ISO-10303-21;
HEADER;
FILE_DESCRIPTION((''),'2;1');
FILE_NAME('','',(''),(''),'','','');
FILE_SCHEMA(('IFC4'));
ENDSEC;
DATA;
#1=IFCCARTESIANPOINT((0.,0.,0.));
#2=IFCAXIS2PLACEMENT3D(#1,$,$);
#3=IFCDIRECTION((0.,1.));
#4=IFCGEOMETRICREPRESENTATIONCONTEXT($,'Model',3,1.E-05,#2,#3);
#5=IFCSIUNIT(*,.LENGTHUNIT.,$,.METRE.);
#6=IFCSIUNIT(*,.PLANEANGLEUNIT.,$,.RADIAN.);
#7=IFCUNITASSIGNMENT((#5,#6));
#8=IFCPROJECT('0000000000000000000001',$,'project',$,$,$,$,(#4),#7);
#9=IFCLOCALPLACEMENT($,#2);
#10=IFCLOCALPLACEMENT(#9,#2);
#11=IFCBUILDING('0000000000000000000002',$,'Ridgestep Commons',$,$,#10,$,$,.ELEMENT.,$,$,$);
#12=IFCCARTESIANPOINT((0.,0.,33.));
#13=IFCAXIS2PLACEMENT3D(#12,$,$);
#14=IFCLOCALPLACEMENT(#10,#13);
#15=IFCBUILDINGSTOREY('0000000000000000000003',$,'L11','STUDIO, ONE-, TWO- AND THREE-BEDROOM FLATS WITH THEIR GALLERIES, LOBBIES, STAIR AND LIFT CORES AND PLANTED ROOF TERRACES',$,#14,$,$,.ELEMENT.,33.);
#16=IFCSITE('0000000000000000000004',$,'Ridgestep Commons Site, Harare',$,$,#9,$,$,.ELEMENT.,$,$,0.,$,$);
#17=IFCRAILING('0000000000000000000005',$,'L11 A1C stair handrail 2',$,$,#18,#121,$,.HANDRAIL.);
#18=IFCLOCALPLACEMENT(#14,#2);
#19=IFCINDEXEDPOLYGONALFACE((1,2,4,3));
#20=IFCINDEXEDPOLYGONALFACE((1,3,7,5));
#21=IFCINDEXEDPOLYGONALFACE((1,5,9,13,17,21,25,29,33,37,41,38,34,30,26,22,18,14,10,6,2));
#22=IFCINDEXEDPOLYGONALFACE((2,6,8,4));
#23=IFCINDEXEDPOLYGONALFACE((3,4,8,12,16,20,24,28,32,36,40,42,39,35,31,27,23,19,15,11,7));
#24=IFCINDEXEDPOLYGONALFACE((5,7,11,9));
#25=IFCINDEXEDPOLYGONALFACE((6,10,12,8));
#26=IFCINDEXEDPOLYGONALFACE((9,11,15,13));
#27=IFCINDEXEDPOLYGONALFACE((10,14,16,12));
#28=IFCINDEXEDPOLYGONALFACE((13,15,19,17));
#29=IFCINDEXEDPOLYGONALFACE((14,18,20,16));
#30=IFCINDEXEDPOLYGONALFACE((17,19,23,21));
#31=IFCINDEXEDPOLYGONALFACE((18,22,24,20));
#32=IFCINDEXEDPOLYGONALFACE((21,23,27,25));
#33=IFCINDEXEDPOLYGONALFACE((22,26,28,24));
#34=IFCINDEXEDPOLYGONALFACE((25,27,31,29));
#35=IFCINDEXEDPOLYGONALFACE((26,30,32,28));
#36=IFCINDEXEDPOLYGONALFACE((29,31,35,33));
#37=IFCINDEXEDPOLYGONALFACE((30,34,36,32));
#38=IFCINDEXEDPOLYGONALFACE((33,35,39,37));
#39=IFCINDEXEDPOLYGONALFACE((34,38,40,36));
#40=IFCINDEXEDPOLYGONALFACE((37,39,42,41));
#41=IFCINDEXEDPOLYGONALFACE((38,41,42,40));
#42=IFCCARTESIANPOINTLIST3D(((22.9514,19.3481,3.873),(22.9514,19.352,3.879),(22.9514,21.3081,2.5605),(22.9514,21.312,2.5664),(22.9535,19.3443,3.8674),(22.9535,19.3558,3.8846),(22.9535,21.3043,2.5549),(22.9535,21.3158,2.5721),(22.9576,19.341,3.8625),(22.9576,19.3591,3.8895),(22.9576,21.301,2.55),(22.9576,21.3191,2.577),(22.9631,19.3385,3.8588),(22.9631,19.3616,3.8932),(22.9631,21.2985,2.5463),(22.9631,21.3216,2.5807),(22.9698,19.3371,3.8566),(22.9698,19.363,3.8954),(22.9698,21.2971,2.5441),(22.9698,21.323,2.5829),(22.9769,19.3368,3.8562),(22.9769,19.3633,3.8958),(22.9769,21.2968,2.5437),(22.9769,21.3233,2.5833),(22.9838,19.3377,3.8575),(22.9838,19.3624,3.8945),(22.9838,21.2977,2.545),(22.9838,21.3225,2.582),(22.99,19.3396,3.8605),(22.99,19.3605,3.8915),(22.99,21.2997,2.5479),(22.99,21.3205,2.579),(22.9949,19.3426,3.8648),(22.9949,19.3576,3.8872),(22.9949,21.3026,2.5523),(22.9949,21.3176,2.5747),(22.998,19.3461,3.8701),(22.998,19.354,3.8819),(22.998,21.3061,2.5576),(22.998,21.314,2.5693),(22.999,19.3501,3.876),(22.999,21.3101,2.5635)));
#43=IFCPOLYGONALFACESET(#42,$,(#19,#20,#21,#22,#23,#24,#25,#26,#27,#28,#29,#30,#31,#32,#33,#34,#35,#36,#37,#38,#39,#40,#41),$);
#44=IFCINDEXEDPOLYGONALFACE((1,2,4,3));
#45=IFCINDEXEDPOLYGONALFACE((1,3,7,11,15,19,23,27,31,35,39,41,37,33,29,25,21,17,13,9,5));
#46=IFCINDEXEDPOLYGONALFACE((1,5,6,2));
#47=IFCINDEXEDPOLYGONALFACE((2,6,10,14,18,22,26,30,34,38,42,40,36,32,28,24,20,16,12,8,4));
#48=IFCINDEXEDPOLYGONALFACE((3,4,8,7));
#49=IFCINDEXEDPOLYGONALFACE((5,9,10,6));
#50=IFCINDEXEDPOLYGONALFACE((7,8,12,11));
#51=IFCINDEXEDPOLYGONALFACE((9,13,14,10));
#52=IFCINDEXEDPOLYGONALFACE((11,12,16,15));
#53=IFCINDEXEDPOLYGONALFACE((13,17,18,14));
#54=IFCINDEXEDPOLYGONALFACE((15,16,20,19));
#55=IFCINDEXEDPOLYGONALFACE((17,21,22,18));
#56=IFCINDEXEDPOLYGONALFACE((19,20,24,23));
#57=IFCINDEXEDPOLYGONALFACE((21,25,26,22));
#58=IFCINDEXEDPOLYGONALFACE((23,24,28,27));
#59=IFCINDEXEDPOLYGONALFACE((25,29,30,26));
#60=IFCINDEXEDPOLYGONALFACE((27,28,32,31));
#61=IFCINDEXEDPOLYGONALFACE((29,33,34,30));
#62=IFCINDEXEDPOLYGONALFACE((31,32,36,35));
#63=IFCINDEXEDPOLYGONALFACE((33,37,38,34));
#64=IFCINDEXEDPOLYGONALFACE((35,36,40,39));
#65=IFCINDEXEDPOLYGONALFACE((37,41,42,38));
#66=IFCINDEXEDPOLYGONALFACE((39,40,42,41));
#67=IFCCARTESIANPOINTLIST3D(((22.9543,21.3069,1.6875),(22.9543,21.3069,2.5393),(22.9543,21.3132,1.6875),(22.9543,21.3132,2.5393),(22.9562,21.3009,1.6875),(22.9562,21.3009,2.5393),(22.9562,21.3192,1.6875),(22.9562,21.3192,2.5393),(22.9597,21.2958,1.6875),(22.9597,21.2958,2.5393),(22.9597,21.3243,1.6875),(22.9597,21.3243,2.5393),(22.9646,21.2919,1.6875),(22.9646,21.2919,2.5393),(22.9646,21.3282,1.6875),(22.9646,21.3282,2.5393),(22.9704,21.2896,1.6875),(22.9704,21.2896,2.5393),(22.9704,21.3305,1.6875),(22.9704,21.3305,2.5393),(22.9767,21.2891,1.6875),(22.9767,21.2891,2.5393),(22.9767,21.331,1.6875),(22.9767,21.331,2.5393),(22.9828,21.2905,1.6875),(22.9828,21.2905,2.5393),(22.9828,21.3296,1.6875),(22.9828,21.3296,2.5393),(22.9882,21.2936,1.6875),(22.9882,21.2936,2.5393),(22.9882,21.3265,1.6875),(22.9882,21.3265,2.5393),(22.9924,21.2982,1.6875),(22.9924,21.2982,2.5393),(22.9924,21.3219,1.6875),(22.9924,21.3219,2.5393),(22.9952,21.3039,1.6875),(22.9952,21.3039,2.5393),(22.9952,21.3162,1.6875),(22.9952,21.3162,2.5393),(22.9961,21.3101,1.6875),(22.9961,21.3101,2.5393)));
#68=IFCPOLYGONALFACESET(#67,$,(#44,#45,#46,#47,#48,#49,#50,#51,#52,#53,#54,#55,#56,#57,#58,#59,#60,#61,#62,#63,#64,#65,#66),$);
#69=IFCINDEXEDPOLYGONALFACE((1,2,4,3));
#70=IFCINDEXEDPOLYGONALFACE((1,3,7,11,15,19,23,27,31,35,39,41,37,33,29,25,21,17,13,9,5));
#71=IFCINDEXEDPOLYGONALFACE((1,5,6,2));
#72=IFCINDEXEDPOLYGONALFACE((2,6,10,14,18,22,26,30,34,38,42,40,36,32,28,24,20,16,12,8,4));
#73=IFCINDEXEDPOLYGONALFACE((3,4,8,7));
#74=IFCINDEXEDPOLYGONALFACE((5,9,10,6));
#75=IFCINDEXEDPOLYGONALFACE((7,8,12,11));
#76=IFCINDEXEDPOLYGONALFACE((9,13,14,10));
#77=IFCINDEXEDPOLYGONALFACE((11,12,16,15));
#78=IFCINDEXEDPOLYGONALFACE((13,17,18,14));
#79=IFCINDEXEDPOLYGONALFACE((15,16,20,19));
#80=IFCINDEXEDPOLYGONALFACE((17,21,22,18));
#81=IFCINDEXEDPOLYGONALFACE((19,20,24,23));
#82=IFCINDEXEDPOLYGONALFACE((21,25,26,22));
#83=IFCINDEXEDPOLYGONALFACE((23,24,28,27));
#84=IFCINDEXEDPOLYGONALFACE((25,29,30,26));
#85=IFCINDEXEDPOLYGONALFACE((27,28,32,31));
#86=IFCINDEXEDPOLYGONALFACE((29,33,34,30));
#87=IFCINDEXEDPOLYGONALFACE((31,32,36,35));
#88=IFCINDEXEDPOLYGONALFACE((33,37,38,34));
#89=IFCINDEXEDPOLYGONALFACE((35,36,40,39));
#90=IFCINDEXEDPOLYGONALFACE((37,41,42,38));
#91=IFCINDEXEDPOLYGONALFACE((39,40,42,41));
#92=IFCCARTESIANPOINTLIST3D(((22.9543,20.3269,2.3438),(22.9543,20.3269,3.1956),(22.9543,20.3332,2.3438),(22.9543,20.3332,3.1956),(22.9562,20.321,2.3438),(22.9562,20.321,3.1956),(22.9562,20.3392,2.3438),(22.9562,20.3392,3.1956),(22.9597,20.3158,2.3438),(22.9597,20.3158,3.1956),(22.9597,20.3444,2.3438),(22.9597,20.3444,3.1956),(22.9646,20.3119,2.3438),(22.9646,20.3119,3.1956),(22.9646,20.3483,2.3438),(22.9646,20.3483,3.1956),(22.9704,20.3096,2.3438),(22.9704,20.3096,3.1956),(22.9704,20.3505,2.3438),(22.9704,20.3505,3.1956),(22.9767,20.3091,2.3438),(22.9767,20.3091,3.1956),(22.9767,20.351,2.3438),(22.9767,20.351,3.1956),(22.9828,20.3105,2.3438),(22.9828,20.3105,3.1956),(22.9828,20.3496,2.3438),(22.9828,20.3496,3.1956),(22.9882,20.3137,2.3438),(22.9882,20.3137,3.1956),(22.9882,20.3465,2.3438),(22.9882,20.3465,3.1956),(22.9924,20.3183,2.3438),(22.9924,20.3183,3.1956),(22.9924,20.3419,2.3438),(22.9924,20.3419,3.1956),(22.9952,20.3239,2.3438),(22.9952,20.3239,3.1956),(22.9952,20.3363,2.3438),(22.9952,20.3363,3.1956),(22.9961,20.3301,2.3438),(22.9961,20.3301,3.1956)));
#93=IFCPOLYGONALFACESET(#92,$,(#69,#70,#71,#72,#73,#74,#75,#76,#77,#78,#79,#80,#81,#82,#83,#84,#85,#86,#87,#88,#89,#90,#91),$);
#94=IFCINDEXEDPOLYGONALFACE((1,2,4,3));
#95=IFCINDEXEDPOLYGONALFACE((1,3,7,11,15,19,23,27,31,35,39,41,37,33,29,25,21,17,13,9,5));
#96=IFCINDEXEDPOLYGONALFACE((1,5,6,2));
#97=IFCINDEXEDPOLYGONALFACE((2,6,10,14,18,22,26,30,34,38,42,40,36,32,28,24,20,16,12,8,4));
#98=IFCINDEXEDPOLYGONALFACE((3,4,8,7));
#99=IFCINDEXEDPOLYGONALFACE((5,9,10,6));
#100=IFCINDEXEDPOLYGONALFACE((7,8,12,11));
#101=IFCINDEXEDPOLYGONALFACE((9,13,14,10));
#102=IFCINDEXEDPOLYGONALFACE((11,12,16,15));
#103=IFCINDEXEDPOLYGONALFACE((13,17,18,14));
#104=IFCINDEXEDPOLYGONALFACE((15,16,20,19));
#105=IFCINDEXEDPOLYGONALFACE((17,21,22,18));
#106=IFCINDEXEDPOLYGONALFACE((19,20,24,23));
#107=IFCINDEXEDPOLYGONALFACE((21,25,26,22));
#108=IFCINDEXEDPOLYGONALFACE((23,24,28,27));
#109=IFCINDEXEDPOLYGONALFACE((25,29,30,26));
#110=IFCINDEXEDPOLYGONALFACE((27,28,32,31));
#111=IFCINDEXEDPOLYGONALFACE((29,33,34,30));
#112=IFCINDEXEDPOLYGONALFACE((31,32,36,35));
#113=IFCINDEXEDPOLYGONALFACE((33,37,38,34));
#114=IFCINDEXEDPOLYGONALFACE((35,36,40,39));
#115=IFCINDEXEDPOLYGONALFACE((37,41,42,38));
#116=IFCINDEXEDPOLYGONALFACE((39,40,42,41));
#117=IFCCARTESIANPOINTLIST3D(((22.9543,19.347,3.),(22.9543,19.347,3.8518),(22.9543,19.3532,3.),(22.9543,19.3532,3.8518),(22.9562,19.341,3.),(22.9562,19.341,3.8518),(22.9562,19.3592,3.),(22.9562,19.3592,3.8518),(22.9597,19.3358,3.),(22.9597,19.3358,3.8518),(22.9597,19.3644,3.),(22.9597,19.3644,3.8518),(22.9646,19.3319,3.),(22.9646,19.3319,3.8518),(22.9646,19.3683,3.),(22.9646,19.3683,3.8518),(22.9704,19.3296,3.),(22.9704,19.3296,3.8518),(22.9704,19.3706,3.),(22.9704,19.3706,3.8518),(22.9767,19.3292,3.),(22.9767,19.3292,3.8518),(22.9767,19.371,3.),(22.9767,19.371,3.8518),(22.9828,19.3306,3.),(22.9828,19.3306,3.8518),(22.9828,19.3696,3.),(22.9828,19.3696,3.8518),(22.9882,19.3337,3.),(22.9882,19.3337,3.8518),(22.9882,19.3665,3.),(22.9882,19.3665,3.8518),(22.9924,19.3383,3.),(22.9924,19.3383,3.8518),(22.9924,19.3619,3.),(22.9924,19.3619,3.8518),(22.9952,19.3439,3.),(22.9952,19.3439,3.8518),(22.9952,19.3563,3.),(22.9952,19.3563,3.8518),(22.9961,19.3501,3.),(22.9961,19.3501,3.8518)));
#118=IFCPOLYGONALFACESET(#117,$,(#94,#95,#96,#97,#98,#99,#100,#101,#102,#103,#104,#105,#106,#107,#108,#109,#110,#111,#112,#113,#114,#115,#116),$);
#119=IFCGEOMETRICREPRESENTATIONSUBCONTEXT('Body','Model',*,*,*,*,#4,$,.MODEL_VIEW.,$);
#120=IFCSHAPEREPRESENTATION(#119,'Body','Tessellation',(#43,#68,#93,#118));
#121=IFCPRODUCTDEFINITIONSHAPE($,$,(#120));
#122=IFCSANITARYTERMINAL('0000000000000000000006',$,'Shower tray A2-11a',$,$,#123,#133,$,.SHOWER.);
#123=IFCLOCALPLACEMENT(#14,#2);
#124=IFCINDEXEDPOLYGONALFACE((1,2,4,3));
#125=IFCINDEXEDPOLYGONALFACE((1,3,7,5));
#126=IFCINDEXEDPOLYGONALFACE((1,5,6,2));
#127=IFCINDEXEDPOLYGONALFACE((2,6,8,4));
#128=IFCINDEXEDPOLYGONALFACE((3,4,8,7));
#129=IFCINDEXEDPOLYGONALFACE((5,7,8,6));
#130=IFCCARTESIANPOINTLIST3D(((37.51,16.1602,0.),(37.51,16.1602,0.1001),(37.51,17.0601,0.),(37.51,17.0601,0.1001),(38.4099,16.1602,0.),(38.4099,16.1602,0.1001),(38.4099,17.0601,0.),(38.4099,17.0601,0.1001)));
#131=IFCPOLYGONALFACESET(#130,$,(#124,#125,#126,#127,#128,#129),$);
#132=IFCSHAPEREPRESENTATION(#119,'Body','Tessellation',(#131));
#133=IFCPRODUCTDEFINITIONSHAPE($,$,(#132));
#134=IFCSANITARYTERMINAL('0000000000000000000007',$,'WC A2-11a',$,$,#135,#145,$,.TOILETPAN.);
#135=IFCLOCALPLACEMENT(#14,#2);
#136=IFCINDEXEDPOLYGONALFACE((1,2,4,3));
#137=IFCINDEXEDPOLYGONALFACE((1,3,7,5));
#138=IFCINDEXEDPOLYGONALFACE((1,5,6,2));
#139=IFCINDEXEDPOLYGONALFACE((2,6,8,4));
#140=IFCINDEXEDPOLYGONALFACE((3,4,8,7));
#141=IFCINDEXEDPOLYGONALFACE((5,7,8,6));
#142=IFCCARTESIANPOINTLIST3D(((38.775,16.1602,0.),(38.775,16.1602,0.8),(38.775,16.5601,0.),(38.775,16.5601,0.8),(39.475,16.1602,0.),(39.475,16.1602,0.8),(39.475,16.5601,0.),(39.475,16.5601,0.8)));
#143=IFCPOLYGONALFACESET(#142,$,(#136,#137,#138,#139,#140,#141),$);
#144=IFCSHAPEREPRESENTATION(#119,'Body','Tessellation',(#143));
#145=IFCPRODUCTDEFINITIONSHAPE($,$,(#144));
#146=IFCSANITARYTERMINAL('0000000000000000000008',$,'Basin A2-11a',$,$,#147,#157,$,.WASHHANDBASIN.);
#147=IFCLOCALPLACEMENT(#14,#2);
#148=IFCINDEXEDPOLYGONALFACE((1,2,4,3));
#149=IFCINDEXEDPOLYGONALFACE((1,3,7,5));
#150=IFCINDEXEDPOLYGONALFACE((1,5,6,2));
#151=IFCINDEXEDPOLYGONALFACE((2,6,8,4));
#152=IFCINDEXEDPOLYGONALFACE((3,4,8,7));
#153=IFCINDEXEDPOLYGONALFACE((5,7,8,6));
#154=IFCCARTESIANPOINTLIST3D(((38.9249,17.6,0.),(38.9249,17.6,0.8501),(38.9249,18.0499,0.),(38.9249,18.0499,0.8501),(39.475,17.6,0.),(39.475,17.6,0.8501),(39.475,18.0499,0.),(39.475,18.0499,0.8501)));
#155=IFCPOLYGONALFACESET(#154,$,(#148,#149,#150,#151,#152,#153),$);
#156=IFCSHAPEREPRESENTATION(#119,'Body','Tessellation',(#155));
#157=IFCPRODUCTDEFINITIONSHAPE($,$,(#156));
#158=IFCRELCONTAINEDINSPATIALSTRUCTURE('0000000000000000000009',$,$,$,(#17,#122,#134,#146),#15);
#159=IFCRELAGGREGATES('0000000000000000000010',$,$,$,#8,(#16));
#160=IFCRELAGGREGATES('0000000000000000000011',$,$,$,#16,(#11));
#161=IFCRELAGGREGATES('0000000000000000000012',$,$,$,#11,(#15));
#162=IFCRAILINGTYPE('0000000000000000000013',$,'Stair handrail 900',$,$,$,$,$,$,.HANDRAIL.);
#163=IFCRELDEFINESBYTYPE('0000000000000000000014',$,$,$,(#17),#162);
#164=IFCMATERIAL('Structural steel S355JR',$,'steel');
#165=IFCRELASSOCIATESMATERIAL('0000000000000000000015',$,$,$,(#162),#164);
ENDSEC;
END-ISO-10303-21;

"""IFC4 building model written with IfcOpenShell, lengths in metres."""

from ifc_helpers import new_model, si_unit, direction, frame, origin, origin_2d, place, context, subcontext, project, spatial, rectangle, circle, extrude, material, type_object, element, save


model = new_model("IFC4")

# Units and contexts
model_context = context("Model", 3, precision=1e-05, world=origin(), true_north=direction((0.0, 1.0)))
body_context = subcontext(model_context, "Body", "Model", "MODEL_VIEW")
ifc_project = project(units=[si_unit("LENGTHUNIT", "METRE"), si_unit("PLANEANGLEUNIT", "RADIAN")], contexts=[model_context])

# Site, building, storey
site_placement = place(None, origin())
site = spatial("IfcSite", under=ifc_project, at=site_placement, Name="Ridgestep Commons Site, Harare", CompositionType="ELEMENT", RefElevation=0.0)
building_placement = place(site_placement, origin())
building = spatial("IfcBuilding", under=site, at=building_placement, Name="Ridgestep Commons", CompositionType="ELEMENT")
storey_placement = place(building_placement, frame((0.0, 0.0, 33.0)))
storey = spatial("IfcBuildingStorey", under=building, at=storey_placement, Name="L11", Description="STUDIO, ONE-, TWO- AND THREE-BEDROOM FLATS WITH THEIR GALLERIES, LOBBIES, STAIR AND LIFT CORES AND PLANTED ROOF TERRACES", CompositionType="ELEMENT", Elevation=33.0)

# Railing
ifc_material_1 = material(Name="Structural steel S355JR", Category="steel")
railing_type_1 = type_object("IfcRailingType", Name="Stair handrail 900", PredefinedType="HANDRAIL", material=ifc_material_1)
railing_1_placement = place(storey_placement, frame((22.9751, 21.3101, 1.6875)))
element("IfcRailing", 1, at=railing_1_placement, inside=storey, type_object=railing_type_1, Name="L11 A1C stair handrail 2", PredefinedType="HANDRAIL", context=body_context, shape_type="SweptSolid", body=[
    extrude(circle(Radius=0.0239, at=origin_2d()), frame((0.0, 0.0, 0.876), z_axis=(0.0, -0.830902, 0.556419), x_axis=(1.0, 0.0, 0.0)), (0.0, 0.0, 1.0), 2.3589),
    extrude(circle(Radius=0.021, at=origin_2d()), origin(), (0.0, 0.0, 1.0), 0.8518),
    extrude(circle(Radius=0.021, at=origin_2d()), frame((0.0, -0.98, 0.6562)), (0.0, 0.0, 1.0), 0.8518),
    extrude(circle(Radius=0.021, at=origin_2d()), frame((0.0, -1.96, 1.3125)), (0.0, 0.0, 1.0), 0.8518),
])

# Sanitary terminals
sanitary_terminal_1_placement = place(storey_placement, frame((37.96, 16.6101, 0.0), z_axis=(0.0, 0.0, 1.0), x_axis=(1.0, 0.0, 0.0)))
element("IfcSanitaryTerminal", 2, at=sanitary_terminal_1_placement, inside=storey, Name="Shower tray A2-11a", PredefinedType="SHOWER", context=body_context, shape_type="SweptSolid", body=[
    extrude(rectangle(XDim=0.8999, YDim=0.8999, at=origin_2d()), origin(), (0.0, 0.0, 1.0), 0.1001),
])
sanitary_terminal_2_placement = place(storey_placement, frame((39.125, 16.3601, 0.0), z_axis=(0.0, 0.0, 1.0), x_axis=(1.0, 0.0, 0.0)))
element("IfcSanitaryTerminal", 3, at=sanitary_terminal_2_placement, inside=storey, Name="WC A2-11a", PredefinedType="TOILETPAN", context=body_context, shape_type="SweptSolid", body=[
    extrude(rectangle(XDim=0.7, YDim=0.3999, at=origin_2d()), origin(), (0.0, 0.0, 1.0), 0.8),
])
sanitary_terminal_3_placement = place(storey_placement, frame((39.2, 17.825, 0.0), z_axis=(0.0, 0.0, 1.0), x_axis=(1.0, 0.0, 0.0)))
element("IfcSanitaryTerminal", 4, at=sanitary_terminal_3_placement, inside=storey, Name="Basin A2-11a", PredefinedType="WASHHANDBASIN", context=body_context, shape_type="SweptSolid", body=[
    extrude(rectangle(XDim=0.55, YDim=0.45, at=origin_2d()), origin(), (0.0, 0.0, 1.0), 0.8501),
])

save(model, "model.ifc")
